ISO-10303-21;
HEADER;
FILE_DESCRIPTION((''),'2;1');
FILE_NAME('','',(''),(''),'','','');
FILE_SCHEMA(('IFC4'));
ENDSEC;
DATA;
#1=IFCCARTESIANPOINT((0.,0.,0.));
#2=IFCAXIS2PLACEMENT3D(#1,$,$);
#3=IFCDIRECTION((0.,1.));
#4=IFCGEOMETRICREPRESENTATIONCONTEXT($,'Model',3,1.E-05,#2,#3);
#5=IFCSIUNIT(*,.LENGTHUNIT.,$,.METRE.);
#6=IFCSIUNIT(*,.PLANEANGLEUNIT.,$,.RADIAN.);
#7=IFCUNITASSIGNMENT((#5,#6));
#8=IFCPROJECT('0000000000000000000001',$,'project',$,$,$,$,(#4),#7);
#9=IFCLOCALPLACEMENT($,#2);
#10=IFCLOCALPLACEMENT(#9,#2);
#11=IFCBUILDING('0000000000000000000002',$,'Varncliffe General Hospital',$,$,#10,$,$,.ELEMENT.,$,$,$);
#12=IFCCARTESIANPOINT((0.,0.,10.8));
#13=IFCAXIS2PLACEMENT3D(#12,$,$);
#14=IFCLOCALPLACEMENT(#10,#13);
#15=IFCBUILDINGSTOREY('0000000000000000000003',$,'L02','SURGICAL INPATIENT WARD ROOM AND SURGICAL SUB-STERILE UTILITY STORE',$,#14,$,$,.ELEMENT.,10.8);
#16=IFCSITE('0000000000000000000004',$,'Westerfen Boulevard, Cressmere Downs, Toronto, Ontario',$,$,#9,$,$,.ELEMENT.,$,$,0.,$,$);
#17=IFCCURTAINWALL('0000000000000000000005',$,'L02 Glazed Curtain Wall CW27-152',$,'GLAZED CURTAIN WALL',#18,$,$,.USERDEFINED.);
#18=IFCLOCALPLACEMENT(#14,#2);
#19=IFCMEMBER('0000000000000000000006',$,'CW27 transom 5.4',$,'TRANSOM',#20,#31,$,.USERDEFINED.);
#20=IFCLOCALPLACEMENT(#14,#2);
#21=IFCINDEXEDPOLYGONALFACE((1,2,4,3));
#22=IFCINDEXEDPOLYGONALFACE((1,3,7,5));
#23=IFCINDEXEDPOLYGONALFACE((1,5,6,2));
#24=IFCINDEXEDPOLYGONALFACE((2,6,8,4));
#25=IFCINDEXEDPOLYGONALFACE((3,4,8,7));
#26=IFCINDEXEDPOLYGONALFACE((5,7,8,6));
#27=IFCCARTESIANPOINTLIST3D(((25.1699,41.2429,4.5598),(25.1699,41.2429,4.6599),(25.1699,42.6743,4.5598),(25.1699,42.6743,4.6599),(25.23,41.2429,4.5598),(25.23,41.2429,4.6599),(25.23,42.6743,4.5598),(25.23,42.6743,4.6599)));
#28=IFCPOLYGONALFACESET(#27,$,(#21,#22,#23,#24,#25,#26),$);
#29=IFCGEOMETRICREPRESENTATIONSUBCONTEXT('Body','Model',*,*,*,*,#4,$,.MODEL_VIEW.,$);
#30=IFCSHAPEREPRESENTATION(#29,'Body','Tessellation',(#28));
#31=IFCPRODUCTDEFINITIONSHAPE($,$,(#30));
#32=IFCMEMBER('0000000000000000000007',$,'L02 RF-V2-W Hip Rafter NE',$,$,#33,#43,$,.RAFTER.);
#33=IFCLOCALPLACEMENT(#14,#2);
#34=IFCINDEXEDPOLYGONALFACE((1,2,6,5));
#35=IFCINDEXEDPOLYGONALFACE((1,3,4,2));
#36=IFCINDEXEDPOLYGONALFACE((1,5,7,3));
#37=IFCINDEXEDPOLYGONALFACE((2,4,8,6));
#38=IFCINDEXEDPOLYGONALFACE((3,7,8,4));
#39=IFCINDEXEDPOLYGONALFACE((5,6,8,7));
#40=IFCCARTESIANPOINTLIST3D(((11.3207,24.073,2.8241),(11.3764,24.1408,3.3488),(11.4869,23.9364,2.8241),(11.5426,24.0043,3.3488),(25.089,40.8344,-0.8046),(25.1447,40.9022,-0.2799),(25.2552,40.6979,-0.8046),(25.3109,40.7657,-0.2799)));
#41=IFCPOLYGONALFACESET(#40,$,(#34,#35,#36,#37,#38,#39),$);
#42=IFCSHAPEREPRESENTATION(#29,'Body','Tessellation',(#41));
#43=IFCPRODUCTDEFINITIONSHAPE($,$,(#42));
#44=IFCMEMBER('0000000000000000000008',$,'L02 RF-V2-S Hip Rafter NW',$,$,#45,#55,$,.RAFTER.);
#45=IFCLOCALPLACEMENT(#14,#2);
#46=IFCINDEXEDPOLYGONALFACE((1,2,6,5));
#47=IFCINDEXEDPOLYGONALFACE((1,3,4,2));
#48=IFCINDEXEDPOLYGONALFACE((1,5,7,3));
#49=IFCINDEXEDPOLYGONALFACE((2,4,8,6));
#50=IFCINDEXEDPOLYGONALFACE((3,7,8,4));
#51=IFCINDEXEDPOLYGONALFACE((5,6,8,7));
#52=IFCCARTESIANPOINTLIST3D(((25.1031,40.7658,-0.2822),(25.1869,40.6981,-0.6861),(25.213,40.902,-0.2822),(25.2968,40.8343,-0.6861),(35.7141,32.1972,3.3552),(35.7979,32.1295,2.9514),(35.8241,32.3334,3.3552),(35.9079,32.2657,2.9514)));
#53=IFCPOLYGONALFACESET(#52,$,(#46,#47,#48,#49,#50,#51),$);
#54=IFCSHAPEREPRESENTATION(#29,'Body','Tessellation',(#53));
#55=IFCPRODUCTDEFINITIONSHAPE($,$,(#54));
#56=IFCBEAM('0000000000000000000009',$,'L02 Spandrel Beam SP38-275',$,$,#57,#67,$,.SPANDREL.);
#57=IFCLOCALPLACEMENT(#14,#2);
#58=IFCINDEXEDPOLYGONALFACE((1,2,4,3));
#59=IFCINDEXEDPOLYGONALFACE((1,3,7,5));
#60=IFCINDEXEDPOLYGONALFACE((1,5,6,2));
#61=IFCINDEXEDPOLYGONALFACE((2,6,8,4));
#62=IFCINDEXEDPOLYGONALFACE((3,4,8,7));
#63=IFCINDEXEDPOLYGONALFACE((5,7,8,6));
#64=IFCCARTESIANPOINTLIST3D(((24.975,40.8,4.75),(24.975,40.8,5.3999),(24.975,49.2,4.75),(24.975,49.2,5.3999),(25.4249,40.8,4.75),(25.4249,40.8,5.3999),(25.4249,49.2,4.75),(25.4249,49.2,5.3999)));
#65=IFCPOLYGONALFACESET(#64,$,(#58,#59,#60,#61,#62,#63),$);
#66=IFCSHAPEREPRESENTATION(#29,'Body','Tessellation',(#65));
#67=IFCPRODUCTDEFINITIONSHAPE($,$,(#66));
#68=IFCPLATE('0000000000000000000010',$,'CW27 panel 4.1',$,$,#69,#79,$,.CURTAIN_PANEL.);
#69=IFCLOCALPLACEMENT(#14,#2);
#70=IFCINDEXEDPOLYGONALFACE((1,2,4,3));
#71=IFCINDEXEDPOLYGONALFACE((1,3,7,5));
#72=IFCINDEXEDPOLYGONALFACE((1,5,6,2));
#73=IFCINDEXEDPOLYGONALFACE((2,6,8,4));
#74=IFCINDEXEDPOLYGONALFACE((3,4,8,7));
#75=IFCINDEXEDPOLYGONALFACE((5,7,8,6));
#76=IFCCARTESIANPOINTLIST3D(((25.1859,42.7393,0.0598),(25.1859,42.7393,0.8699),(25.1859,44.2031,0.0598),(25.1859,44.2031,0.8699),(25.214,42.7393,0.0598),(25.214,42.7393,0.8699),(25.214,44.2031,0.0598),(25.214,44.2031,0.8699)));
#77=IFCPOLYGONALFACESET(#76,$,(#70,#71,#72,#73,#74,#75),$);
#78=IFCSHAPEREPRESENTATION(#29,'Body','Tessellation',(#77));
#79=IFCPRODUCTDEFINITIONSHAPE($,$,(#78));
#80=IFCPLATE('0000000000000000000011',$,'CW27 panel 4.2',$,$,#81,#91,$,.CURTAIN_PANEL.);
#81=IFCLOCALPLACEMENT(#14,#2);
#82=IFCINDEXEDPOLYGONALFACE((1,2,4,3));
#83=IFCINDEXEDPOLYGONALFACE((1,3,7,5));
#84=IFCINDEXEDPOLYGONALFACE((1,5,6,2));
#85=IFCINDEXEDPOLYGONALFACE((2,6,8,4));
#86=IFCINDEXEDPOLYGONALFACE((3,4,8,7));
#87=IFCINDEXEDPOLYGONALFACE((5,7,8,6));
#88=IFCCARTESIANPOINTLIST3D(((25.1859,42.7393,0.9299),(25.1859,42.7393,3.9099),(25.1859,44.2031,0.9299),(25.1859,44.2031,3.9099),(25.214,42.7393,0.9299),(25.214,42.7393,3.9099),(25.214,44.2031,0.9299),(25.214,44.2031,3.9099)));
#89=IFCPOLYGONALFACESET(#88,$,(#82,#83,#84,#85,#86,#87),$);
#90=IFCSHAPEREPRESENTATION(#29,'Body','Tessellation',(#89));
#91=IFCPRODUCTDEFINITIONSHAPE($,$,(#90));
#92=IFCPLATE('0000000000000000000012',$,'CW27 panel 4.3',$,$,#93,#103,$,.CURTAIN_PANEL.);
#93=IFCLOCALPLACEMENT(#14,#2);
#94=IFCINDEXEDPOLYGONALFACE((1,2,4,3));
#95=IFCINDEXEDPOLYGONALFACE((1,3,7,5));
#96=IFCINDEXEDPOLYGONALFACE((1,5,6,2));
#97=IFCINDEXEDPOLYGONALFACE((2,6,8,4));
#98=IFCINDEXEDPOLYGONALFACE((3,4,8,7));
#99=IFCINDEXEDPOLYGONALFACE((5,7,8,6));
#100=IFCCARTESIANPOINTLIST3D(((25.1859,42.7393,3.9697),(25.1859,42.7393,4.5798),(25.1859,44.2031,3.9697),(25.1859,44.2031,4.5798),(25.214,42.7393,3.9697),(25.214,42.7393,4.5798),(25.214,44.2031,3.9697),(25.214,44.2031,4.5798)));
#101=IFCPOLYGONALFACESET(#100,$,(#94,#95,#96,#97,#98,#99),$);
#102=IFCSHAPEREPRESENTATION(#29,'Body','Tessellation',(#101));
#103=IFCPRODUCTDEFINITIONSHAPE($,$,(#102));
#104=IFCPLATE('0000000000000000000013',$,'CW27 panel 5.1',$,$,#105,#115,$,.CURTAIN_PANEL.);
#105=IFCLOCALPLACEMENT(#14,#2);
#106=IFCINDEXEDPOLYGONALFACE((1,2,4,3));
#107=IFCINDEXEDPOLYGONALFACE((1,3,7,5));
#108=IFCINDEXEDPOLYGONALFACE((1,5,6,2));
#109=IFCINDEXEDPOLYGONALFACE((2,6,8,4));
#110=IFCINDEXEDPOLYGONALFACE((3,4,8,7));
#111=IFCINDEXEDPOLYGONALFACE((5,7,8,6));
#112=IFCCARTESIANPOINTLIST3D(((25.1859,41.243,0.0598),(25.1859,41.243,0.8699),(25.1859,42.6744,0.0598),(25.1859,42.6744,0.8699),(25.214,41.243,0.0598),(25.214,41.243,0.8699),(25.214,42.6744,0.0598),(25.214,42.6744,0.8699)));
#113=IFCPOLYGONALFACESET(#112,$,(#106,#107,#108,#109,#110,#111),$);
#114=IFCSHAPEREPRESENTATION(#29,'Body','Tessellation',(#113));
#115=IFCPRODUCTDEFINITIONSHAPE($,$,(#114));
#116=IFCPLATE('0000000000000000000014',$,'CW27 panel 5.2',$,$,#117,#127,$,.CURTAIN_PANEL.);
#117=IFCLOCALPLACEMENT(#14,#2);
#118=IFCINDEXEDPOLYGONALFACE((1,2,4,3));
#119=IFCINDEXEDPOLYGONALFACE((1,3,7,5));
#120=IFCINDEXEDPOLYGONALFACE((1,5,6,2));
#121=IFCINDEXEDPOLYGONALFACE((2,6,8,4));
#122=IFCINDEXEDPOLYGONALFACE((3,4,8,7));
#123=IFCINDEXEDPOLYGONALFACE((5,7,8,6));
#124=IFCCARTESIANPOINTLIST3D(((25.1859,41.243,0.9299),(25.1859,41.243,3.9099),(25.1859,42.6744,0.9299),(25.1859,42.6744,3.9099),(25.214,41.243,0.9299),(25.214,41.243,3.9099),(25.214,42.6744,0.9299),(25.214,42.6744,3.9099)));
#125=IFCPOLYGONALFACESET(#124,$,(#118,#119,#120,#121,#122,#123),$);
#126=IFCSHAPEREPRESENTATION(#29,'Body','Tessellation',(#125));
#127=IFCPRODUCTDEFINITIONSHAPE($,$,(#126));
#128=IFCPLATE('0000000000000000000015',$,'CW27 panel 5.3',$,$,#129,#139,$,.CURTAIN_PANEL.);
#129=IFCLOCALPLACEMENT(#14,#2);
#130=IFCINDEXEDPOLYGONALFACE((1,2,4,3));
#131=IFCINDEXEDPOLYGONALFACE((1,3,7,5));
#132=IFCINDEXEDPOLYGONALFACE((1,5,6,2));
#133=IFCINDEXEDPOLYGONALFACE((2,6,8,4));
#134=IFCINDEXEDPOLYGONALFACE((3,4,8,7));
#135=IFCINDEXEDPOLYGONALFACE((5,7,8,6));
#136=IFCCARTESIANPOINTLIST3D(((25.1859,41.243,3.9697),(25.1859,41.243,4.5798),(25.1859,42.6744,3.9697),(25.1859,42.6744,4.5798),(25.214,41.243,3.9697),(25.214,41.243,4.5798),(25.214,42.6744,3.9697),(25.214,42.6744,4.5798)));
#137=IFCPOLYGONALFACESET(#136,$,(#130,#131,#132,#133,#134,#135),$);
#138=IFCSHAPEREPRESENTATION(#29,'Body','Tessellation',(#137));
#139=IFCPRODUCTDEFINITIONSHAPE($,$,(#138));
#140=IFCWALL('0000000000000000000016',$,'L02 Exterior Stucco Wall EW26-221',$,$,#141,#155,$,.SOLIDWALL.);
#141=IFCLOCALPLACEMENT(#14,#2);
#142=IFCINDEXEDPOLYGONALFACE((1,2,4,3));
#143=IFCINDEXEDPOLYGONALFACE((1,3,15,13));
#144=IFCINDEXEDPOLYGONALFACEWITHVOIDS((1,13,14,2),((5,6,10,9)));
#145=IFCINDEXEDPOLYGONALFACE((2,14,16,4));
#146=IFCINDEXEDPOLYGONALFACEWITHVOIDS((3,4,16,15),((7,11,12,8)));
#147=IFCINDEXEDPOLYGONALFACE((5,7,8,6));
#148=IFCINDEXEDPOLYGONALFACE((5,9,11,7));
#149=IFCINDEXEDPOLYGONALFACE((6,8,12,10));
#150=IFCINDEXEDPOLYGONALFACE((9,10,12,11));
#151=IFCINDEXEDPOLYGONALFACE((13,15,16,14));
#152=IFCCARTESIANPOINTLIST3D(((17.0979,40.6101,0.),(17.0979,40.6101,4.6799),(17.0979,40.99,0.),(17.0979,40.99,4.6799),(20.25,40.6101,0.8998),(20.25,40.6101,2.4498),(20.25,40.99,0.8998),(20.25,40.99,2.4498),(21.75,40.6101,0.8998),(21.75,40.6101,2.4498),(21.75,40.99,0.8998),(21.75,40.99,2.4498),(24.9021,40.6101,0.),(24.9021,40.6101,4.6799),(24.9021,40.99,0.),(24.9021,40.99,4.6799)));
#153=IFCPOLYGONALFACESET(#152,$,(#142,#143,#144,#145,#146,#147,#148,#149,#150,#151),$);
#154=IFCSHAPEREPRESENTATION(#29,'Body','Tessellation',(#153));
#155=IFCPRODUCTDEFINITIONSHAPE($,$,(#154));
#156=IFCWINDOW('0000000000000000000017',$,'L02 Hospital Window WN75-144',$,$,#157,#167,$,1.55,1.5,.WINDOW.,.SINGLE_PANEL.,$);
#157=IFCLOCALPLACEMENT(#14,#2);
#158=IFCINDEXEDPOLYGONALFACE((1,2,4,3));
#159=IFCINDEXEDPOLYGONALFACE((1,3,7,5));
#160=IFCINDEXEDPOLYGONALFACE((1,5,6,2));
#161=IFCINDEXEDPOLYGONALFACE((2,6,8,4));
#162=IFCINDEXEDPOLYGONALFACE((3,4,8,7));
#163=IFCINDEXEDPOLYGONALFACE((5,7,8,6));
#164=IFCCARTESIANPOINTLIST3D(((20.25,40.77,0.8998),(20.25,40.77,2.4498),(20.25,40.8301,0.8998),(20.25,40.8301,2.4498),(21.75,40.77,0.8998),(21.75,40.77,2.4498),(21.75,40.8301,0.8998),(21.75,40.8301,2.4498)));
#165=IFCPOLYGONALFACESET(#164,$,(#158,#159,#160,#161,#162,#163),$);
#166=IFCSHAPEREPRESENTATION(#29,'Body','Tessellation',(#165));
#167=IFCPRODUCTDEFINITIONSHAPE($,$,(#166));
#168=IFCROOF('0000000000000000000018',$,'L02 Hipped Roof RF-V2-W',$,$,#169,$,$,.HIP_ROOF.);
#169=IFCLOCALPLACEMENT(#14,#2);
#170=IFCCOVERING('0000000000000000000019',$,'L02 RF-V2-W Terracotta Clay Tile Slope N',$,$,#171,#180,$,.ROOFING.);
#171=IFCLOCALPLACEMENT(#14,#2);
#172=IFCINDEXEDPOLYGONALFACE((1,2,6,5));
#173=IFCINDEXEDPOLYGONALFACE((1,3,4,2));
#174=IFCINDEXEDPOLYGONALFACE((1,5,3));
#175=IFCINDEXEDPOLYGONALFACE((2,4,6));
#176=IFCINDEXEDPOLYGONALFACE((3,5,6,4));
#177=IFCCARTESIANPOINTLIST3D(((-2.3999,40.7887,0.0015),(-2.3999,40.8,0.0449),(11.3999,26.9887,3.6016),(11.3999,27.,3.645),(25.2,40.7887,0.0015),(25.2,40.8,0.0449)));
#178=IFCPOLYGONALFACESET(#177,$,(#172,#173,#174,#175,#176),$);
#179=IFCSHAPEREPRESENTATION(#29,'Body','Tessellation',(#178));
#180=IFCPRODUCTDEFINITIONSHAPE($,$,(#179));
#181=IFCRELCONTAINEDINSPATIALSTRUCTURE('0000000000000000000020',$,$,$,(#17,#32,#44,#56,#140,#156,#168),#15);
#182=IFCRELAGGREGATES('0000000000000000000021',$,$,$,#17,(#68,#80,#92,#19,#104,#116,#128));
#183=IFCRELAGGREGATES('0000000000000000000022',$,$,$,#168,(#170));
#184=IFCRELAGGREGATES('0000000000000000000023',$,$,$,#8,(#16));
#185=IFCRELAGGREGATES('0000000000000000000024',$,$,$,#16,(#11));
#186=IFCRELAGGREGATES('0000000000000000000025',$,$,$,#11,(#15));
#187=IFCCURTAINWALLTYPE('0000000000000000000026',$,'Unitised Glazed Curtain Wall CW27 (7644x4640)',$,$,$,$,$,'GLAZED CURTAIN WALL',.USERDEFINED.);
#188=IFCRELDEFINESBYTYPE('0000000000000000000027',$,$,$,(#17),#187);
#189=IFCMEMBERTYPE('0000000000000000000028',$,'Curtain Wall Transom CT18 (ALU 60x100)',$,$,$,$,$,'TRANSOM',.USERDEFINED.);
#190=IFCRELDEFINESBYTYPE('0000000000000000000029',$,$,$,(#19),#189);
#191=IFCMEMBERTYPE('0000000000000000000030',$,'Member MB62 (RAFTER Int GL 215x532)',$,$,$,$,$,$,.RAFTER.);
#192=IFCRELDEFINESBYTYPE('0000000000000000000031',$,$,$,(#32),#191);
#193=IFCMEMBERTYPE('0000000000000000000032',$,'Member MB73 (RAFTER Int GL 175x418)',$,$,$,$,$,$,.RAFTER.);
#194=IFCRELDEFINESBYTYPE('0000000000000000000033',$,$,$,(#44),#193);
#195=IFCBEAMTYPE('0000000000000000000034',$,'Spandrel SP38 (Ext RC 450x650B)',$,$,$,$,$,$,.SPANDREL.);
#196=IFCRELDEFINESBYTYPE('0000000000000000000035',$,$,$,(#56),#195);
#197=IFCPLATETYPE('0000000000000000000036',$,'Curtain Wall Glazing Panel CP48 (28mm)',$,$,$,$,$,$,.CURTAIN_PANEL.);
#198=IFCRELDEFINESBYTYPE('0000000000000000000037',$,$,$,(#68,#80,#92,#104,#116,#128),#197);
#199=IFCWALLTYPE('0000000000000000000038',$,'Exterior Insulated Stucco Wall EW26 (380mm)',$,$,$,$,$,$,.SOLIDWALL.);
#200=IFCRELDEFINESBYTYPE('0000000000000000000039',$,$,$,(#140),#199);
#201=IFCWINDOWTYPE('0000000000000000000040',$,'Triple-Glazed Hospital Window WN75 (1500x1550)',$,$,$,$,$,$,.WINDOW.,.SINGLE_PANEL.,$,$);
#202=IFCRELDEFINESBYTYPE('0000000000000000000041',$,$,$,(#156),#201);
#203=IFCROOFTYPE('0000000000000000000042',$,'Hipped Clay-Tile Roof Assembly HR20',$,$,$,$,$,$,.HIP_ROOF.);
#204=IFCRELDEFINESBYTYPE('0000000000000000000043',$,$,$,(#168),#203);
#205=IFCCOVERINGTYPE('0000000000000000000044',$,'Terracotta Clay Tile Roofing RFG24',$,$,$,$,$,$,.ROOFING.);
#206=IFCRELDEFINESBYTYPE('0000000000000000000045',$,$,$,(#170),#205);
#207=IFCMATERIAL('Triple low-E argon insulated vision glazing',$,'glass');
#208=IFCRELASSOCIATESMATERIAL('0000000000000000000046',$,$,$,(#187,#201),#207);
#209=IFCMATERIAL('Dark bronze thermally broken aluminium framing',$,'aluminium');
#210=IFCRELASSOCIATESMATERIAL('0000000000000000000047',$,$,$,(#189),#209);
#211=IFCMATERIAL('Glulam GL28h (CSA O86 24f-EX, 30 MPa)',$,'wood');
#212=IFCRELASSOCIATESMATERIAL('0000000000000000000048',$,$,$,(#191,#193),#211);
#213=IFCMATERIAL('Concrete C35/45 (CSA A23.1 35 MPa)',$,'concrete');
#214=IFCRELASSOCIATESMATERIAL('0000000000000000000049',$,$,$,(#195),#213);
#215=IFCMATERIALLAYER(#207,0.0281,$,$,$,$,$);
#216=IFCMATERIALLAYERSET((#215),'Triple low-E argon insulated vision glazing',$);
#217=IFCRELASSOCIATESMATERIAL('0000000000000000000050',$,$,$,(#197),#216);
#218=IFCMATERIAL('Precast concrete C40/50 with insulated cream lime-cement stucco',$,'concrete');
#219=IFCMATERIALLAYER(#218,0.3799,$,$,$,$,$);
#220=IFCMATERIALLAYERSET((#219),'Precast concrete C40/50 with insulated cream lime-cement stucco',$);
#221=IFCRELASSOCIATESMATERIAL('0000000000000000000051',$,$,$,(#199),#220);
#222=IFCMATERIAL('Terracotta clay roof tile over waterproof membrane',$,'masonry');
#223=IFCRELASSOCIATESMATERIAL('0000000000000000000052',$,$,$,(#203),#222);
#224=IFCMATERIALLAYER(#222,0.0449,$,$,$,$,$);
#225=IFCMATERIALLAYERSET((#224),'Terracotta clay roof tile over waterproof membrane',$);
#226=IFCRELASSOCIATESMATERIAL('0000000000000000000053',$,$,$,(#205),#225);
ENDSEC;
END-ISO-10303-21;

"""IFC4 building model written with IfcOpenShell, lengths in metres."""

from ifc_helpers import new_model, si_unit, direction, frame, frame_2d, origin, origin_2d, place, context, subcontext, project, spatial, polyline, rectangle, outline, extrude, material, layer, layer_set, material_profile, profile_set, type_object, element, fill, aggregate, save


model = new_model("IFC4")

# Units and contexts
model_context = context("Model", 3, precision=1e-05, world=origin(), true_north=direction((0.0, 1.0)))
body_context = subcontext(model_context, "Body", "Model", "MODEL_VIEW")
ifc_project = project(units=[si_unit("LENGTHUNIT", "METRE"), si_unit("PLANEANGLEUNIT", "RADIAN")], contexts=[model_context])

# Site, building, storey
site_placement = place(None, origin())
site = spatial("IfcSite", under=ifc_project, at=site_placement, Name="Westerfen Boulevard, Cressmere Downs, Toronto, Ontario", CompositionType="ELEMENT", RefElevation=0.0)
building_placement = place(site_placement, origin())
building = spatial("IfcBuilding", under=site, at=building_placement, Name="Varncliffe General Hospital", CompositionType="ELEMENT")
storey_placement = place(building_placement, frame((0.0, 0.0, 10.8)))
storey = spatial("IfcBuildingStorey", under=building, at=storey_placement, Name="L02", Description="SURGICAL INPATIENT WARD ROOM AND SURGICAL SUB-STERILE UTILITY STORE", CompositionType="ELEMENT", Elevation=10.8)

# Shared definitions
ifc_material_1 = material(Name="Concrete C35/45 (CSA A23.1 35 MPa)", Category="concrete")

# Curtain wall, member
ifc_material_2 = material(Name="Triple low-E argon insulated vision glazing", Category="glass")
curtain_wall_type = type_object("IfcCurtainWallType", Name="Unitised Glazed Curtain Wall CW27 (7644x4640)", ElementType="GLAZED CURTAIN WALL", PredefinedType="USERDEFINED", material=ifc_material_2)
curtain_wall_placement = place(storey_placement, origin())
curtain_wall = element("IfcCurtainWall", 1, at=curtain_wall_placement, inside=storey, type_object=curtain_wall_type, Name="L02 Glazed Curtain Wall CW27-152", ObjectType="GLAZED CURTAIN WALL", PredefinedType="USERDEFINED")
ifc_material_3 = material(Name="Dark bronze thermally broken aluminium framing", Category="aluminium")
ifc_material_profile_1 = material_profile(ifc_material_3, rectangle(XDim=0.0601, YDim=0.1001, at=origin_2d()), Name="ALU 60x100")
ifc_profile_set_1 = profile_set([ifc_material_profile_1], Name="Dark bronze thermally broken aluminium framing")
member_type_1 = type_object("IfcMemberType", Name="Curtain Wall Transom CT18 (ALU 60x100)", ElementType="TRANSOM", PredefinedType="USERDEFINED", material=ifc_profile_set_1)
member_1_placement = place(storey_placement, frame((25.2, 42.6743, 4.6099), z_axis=(0.0, -1.0, 0.0), x_axis=(1.0, 0.0, 0.0)))
member_1 = element("IfcMember", 2, at=member_1_placement, type_object=member_type_1, Name="CW27 transom 5.4", ObjectType="TRANSOM", PredefinedType="USERDEFINED", context=body_context, shape_type="SweptSolid", body=[
    extrude(rectangle(XDim=0.0601, YDim=0.1001, at=origin_2d()), origin(), (0.0, 0.0, 1.0), 1.4314),
])

# Members
ifc_material_4 = material(Name="Glulam GL28h (CSA O86 24f-EX, 30 MPa)", Category="wood")
ifc_material_profile_2 = material_profile(ifc_material_4, rectangle(XDim=0.2151, YDim=0.532, at=origin_2d()), Name="GL 215x532")
ifc_profile_set_2 = profile_set([ifc_material_profile_2], Name="Glulam GL28h (CSA O86 24f-EX, 30 MPa)")
member_type_2 = type_object("IfcMemberType", Name="Member MB62 (RAFTER Int GL 215x532)", PredefinedType="RAFTER", material=ifc_profile_set_2)
member_2_placement = place(storey_placement, frame((25.2, 40.8, -0.5422), z_axis=(-0.626039, -0.762137, 0.164994), x_axis=(0.772727, -0.634738, 0.0)))
element("IfcMember", 3, at=member_2_placement, inside=storey, type_object=member_type_2, Name="L02 RF-V2-W Hip Rafter NE", PredefinedType="RAFTER", context=body_context, shape_type="SweptSolid", body=[
    extrude(rectangle(XDim=0.2151, YDim=0.532, at=origin_2d()), origin(), (0.0, 0.0, 1.0), 21.9927),
])
ifc_material_profile_3 = material_profile(ifc_material_4, rectangle(XDim=0.175, YDim=0.418, at=origin_2d()), Name="GL 175x418")
ifc_profile_set_3 = profile_set([ifc_material_profile_3], Name="Glulam GL28h (CSA O86 24f-EX, 30 MPa)")
member_type_3 = type_object("IfcMemberType", Name="Member MB73 (RAFTER Int GL 175x418)", PredefinedType="RAFTER", material=ifc_profile_set_3)
member_3_placement = place(storey_placement, frame((25.2, 40.8, -0.4841), z_axis=(0.751733, -0.607035, 0.257692), x_axis=(0.628253, 0.778009, 0.0)))
element("IfcMember", 4, at=member_3_placement, inside=storey, type_object=member_type_3, Name="L02 RF-V2-S Hip Rafter NW", PredefinedType="RAFTER", context=body_context, shape_type="SweptSolid", body=[
    extrude(rectangle(XDim=0.175, YDim=0.418, at=origin_2d()), origin(), (0.0, 0.0, 1.0), 14.1155),
])

# Beam
ifc_material_profile_4 = material_profile(ifc_material_1, rectangle(XDim=0.45, YDim=0.6499, at=origin_2d()), Name="RC 450x650")
ifc_profile_set_4 = profile_set([ifc_material_profile_4], Name="Concrete C35/45 (CSA A23.1 35 MPa)")
beam_type_1 = type_object("IfcBeamType", Name="Spandrel SP38 (Ext RC 450x650B)", PredefinedType="SPANDREL", material=ifc_profile_set_4)
beam_1_placement = place(storey_placement, frame((25.2, 40.8, 5.075), z_axis=(0.0, 1.0, 0.0), x_axis=(-1.0, 0.0, 0.0)))
element("IfcBeam", 5, at=beam_1_placement, inside=storey, type_object=beam_type_1, Name="L02 Spandrel Beam SP38-275", PredefinedType="SPANDREL", context=body_context, shape_type="SweptSolid", body=[
    extrude(rectangle(XDim=0.45, YDim=0.6499, at=origin_2d()), origin(), (0.0, 0.0, 1.0), 8.3999),
])

# Plates
ifc_layer_1 = layer(ifc_material_2, 0.0281)
ifc_layer_set_1 = layer_set([ifc_layer_1], Name="Triple low-E argon insulated vision glazing")
plate_type = type_object("IfcPlateType", Name="Curtain Wall Glazing Panel CP48 (28mm)", PredefinedType="CURTAIN_PANEL", material=ifc_layer_set_1)
plate_1_placement = place(storey_placement, frame((25.2, 43.4712, 0.0598), z_axis=(0.0, 0.0, 1.0), x_axis=(0.0, -1.0, 0.0)))
plate_1 = element("IfcPlate", 6, at=plate_1_placement, type_object=plate_type, Name="CW27 panel 4.1", PredefinedType="CURTAIN_PANEL", context=body_context, shape_type="SweptSolid", body=[
    extrude(rectangle(XDim=1.4639, YDim=0.0281, at=origin_2d()), origin(), (0.0, 0.0, 1.0), 0.8101),
])
plate_2_placement = place(storey_placement, frame((25.2, 43.4712, 0.9299), z_axis=(0.0, 0.0, 1.0), x_axis=(0.0, -1.0, 0.0)))
plate_2 = element("IfcPlate", 7, at=plate_2_placement, type_object=plate_type, Name="CW27 panel 4.2", PredefinedType="CURTAIN_PANEL", context=body_context, shape_type="SweptSolid", body=[
    extrude(rectangle(XDim=1.4639, YDim=0.0281, at=origin_2d()), origin(), (0.0, 0.0, 1.0), 2.98),
])
plate_3_placement = place(storey_placement, frame((25.2, 43.4712, 3.9697), z_axis=(0.0, 0.0, 1.0), x_axis=(0.0, -1.0, 0.0)))
plate_3 = element("IfcPlate", 8, at=plate_3_placement, type_object=plate_type, Name="CW27 panel 4.3", PredefinedType="CURTAIN_PANEL", context=body_context, shape_type="SweptSolid", body=[
    extrude(rectangle(XDim=1.4639, YDim=0.0281, at=origin_2d()), origin(), (0.0, 0.0, 1.0), 0.6101),
])
plate_4_placement = place(storey_placement, frame((25.2, 41.9587, 0.0598), z_axis=(0.0, 0.0, 1.0), x_axis=(0.0, -1.0, 0.0)))
plate_4 = element("IfcPlate", 9, at=plate_4_placement, type_object=plate_type, Name="CW27 panel 5.1", PredefinedType="CURTAIN_PANEL", context=body_context, shape_type="SweptSolid", body=[
    extrude(rectangle(XDim=1.4314, YDim=0.0281, at=origin_2d()), origin(), (0.0, 0.0, 1.0), 0.8101),
])
plate_5_placement = place(storey_placement, frame((25.2, 41.9587, 0.9299), z_axis=(0.0, 0.0, 1.0), x_axis=(0.0, -1.0, 0.0)))
plate_5 = element("IfcPlate", 10, at=plate_5_placement, type_object=plate_type, Name="CW27 panel 5.2", PredefinedType="CURTAIN_PANEL", context=body_context, shape_type="SweptSolid", body=[
    extrude(rectangle(XDim=1.4314, YDim=0.0281, at=origin_2d()), origin(), (0.0, 0.0, 1.0), 2.98),
])
plate_6_placement = place(storey_placement, frame((25.2, 41.9587, 3.9697), z_axis=(0.0, 0.0, 1.0), x_axis=(0.0, -1.0, 0.0)))
plate_6 = element("IfcPlate", 11, at=plate_6_placement, type_object=plate_type, Name="CW27 panel 5.3", PredefinedType="CURTAIN_PANEL", context=body_context, shape_type="SweptSolid", body=[
    extrude(rectangle(XDim=1.4314, YDim=0.0281, at=origin_2d()), origin(), (0.0, 0.0, 1.0), 0.6101),
])
aggregate(curtain_wall, [plate_1, plate_2, plate_3, member_1, plate_4, plate_5, plate_6])

# Wall, opening, window
ifc_material_5 = material(Name="Precast concrete C40/50 with insulated cream lime-cement stucco", Category="concrete")
ifc_layer_2 = layer(ifc_material_5, 0.3799)
ifc_layer_set_2 = layer_set([ifc_layer_2], Name="Precast concrete C40/50 with insulated cream lime-cement stucco")
wall_type = type_object("IfcWallType", Name="Exterior Insulated Stucco Wall EW26 (380mm)", PredefinedType="SOLIDWALL", material=ifc_layer_set_2)
wall_placement = place(storey_placement, frame((24.9021, 40.8, 0.0), z_axis=(0.0, 0.0, 1.0), x_axis=(-1.0, 0.0, 0.0)))
wall = element("IfcWall", 12, at=wall_placement, inside=storey, type_object=wall_type, Name="L02 Exterior Stucco Wall EW26-221", PredefinedType="SOLIDWALL", context=body_context, shape_type="SweptSolid", body=[
    extrude(rectangle(XDim=7.8042, YDim=0.3799, at=frame_2d((3.9021, 0.0))), origin(), (0.0, 0.0, 1.0), 4.6799),
])
opening_placement = place(wall_placement, frame((3.1521, 0.0, 0.8999)))
opening = element("IfcOpeningElement", 13, at=opening_placement, cuts=wall, PredefinedType="OPENING", context=body_context, shape_type="SweptSolid", body=[
    extrude(rectangle(XDim=1.5, YDim=1.55, at=frame_2d((0.75, 0.7749))), frame((0.0, 0.2, 0.0), z_axis=(0.0, -1.0, 0.0), x_axis=(1.0, 0.0, 0.0)), (0.0, 0.0, 1.0), 0.3999),
])
window_type = type_object("IfcWindowType", Name="Triple-Glazed Hospital Window WN75 (1500x1550)", PartitioningType="SINGLE_PANEL", PredefinedType="WINDOW", material=ifc_material_2)
window_placement = place(opening_placement, origin())
window = element("IfcWindow", 14, at=window_placement, inside=storey, type_object=window_type, Name="L02 Hospital Window WN75-144", OverallHeight=1.55, OverallWidth=1.5, PartitioningType="SINGLE_PANEL", PredefinedType="WINDOW", context=body_context, shape_type="SweptSolid", body=[
    extrude(rectangle(XDim=1.5, YDim=1.55, at=frame_2d((0.75, 0.7749))), frame((0.0, 0.03, 0.0), z_axis=(0.0, -1.0, 0.0), x_axis=(1.0, 0.0, 0.0)), (0.0, 0.0, 1.0), 0.0601),
])
fill(opening, window)

# Roof, covering
ifc_material_6 = material(Name="Terracotta clay roof tile over waterproof membrane", Category="masonry")
roof_type = type_object("IfcRoofType", Name="Hipped Clay-Tile Roof Assembly HR20", PredefinedType="HIP_ROOF", material=ifc_material_6)
roof_1_placement = place(storey_placement, origin())
roof_1 = element("IfcRoof", 15, at=roof_1_placement, inside=storey, type_object=roof_type, Name="L02 Hipped Roof RF-V2-W", PredefinedType="HIP_ROOF")
ifc_layer_3 = layer(ifc_material_6, 0.0449)
ifc_layer_set_3 = layer_set([ifc_layer_3], Name="Terracotta clay roof tile over waterproof membrane")
covering_type = type_object("IfcCoveringType", Name="Terracotta Clay Tile Roofing RFG24", PredefinedType="ROOFING", material=ifc_layer_set_3)
covering_1_placement = place(storey_placement, frame((25.2, 40.8, 0.0449), z_axis=(0.0, 0.252427, 0.967616), x_axis=(-1.0, 0.0, 0.0)))
covering_1 = element("IfcCovering", 16, at=covering_1_placement, type_object=covering_type, Name="L02 RF-V2-W Terracotta Clay Tile Slope N", PredefinedType="ROOFING", context=body_context, shape_type="SweptSolid", body=[
    extrude(outline(polyline([(0.0, 0.0), (27.5999, 0.0), (13.8, 14.2619), (0.0, 0.0)])), origin(), (0.0, 0.0, -1.0), 0.0449),
])
aggregate(roof_1, [covering_1])

save(model, "model.ifc")
